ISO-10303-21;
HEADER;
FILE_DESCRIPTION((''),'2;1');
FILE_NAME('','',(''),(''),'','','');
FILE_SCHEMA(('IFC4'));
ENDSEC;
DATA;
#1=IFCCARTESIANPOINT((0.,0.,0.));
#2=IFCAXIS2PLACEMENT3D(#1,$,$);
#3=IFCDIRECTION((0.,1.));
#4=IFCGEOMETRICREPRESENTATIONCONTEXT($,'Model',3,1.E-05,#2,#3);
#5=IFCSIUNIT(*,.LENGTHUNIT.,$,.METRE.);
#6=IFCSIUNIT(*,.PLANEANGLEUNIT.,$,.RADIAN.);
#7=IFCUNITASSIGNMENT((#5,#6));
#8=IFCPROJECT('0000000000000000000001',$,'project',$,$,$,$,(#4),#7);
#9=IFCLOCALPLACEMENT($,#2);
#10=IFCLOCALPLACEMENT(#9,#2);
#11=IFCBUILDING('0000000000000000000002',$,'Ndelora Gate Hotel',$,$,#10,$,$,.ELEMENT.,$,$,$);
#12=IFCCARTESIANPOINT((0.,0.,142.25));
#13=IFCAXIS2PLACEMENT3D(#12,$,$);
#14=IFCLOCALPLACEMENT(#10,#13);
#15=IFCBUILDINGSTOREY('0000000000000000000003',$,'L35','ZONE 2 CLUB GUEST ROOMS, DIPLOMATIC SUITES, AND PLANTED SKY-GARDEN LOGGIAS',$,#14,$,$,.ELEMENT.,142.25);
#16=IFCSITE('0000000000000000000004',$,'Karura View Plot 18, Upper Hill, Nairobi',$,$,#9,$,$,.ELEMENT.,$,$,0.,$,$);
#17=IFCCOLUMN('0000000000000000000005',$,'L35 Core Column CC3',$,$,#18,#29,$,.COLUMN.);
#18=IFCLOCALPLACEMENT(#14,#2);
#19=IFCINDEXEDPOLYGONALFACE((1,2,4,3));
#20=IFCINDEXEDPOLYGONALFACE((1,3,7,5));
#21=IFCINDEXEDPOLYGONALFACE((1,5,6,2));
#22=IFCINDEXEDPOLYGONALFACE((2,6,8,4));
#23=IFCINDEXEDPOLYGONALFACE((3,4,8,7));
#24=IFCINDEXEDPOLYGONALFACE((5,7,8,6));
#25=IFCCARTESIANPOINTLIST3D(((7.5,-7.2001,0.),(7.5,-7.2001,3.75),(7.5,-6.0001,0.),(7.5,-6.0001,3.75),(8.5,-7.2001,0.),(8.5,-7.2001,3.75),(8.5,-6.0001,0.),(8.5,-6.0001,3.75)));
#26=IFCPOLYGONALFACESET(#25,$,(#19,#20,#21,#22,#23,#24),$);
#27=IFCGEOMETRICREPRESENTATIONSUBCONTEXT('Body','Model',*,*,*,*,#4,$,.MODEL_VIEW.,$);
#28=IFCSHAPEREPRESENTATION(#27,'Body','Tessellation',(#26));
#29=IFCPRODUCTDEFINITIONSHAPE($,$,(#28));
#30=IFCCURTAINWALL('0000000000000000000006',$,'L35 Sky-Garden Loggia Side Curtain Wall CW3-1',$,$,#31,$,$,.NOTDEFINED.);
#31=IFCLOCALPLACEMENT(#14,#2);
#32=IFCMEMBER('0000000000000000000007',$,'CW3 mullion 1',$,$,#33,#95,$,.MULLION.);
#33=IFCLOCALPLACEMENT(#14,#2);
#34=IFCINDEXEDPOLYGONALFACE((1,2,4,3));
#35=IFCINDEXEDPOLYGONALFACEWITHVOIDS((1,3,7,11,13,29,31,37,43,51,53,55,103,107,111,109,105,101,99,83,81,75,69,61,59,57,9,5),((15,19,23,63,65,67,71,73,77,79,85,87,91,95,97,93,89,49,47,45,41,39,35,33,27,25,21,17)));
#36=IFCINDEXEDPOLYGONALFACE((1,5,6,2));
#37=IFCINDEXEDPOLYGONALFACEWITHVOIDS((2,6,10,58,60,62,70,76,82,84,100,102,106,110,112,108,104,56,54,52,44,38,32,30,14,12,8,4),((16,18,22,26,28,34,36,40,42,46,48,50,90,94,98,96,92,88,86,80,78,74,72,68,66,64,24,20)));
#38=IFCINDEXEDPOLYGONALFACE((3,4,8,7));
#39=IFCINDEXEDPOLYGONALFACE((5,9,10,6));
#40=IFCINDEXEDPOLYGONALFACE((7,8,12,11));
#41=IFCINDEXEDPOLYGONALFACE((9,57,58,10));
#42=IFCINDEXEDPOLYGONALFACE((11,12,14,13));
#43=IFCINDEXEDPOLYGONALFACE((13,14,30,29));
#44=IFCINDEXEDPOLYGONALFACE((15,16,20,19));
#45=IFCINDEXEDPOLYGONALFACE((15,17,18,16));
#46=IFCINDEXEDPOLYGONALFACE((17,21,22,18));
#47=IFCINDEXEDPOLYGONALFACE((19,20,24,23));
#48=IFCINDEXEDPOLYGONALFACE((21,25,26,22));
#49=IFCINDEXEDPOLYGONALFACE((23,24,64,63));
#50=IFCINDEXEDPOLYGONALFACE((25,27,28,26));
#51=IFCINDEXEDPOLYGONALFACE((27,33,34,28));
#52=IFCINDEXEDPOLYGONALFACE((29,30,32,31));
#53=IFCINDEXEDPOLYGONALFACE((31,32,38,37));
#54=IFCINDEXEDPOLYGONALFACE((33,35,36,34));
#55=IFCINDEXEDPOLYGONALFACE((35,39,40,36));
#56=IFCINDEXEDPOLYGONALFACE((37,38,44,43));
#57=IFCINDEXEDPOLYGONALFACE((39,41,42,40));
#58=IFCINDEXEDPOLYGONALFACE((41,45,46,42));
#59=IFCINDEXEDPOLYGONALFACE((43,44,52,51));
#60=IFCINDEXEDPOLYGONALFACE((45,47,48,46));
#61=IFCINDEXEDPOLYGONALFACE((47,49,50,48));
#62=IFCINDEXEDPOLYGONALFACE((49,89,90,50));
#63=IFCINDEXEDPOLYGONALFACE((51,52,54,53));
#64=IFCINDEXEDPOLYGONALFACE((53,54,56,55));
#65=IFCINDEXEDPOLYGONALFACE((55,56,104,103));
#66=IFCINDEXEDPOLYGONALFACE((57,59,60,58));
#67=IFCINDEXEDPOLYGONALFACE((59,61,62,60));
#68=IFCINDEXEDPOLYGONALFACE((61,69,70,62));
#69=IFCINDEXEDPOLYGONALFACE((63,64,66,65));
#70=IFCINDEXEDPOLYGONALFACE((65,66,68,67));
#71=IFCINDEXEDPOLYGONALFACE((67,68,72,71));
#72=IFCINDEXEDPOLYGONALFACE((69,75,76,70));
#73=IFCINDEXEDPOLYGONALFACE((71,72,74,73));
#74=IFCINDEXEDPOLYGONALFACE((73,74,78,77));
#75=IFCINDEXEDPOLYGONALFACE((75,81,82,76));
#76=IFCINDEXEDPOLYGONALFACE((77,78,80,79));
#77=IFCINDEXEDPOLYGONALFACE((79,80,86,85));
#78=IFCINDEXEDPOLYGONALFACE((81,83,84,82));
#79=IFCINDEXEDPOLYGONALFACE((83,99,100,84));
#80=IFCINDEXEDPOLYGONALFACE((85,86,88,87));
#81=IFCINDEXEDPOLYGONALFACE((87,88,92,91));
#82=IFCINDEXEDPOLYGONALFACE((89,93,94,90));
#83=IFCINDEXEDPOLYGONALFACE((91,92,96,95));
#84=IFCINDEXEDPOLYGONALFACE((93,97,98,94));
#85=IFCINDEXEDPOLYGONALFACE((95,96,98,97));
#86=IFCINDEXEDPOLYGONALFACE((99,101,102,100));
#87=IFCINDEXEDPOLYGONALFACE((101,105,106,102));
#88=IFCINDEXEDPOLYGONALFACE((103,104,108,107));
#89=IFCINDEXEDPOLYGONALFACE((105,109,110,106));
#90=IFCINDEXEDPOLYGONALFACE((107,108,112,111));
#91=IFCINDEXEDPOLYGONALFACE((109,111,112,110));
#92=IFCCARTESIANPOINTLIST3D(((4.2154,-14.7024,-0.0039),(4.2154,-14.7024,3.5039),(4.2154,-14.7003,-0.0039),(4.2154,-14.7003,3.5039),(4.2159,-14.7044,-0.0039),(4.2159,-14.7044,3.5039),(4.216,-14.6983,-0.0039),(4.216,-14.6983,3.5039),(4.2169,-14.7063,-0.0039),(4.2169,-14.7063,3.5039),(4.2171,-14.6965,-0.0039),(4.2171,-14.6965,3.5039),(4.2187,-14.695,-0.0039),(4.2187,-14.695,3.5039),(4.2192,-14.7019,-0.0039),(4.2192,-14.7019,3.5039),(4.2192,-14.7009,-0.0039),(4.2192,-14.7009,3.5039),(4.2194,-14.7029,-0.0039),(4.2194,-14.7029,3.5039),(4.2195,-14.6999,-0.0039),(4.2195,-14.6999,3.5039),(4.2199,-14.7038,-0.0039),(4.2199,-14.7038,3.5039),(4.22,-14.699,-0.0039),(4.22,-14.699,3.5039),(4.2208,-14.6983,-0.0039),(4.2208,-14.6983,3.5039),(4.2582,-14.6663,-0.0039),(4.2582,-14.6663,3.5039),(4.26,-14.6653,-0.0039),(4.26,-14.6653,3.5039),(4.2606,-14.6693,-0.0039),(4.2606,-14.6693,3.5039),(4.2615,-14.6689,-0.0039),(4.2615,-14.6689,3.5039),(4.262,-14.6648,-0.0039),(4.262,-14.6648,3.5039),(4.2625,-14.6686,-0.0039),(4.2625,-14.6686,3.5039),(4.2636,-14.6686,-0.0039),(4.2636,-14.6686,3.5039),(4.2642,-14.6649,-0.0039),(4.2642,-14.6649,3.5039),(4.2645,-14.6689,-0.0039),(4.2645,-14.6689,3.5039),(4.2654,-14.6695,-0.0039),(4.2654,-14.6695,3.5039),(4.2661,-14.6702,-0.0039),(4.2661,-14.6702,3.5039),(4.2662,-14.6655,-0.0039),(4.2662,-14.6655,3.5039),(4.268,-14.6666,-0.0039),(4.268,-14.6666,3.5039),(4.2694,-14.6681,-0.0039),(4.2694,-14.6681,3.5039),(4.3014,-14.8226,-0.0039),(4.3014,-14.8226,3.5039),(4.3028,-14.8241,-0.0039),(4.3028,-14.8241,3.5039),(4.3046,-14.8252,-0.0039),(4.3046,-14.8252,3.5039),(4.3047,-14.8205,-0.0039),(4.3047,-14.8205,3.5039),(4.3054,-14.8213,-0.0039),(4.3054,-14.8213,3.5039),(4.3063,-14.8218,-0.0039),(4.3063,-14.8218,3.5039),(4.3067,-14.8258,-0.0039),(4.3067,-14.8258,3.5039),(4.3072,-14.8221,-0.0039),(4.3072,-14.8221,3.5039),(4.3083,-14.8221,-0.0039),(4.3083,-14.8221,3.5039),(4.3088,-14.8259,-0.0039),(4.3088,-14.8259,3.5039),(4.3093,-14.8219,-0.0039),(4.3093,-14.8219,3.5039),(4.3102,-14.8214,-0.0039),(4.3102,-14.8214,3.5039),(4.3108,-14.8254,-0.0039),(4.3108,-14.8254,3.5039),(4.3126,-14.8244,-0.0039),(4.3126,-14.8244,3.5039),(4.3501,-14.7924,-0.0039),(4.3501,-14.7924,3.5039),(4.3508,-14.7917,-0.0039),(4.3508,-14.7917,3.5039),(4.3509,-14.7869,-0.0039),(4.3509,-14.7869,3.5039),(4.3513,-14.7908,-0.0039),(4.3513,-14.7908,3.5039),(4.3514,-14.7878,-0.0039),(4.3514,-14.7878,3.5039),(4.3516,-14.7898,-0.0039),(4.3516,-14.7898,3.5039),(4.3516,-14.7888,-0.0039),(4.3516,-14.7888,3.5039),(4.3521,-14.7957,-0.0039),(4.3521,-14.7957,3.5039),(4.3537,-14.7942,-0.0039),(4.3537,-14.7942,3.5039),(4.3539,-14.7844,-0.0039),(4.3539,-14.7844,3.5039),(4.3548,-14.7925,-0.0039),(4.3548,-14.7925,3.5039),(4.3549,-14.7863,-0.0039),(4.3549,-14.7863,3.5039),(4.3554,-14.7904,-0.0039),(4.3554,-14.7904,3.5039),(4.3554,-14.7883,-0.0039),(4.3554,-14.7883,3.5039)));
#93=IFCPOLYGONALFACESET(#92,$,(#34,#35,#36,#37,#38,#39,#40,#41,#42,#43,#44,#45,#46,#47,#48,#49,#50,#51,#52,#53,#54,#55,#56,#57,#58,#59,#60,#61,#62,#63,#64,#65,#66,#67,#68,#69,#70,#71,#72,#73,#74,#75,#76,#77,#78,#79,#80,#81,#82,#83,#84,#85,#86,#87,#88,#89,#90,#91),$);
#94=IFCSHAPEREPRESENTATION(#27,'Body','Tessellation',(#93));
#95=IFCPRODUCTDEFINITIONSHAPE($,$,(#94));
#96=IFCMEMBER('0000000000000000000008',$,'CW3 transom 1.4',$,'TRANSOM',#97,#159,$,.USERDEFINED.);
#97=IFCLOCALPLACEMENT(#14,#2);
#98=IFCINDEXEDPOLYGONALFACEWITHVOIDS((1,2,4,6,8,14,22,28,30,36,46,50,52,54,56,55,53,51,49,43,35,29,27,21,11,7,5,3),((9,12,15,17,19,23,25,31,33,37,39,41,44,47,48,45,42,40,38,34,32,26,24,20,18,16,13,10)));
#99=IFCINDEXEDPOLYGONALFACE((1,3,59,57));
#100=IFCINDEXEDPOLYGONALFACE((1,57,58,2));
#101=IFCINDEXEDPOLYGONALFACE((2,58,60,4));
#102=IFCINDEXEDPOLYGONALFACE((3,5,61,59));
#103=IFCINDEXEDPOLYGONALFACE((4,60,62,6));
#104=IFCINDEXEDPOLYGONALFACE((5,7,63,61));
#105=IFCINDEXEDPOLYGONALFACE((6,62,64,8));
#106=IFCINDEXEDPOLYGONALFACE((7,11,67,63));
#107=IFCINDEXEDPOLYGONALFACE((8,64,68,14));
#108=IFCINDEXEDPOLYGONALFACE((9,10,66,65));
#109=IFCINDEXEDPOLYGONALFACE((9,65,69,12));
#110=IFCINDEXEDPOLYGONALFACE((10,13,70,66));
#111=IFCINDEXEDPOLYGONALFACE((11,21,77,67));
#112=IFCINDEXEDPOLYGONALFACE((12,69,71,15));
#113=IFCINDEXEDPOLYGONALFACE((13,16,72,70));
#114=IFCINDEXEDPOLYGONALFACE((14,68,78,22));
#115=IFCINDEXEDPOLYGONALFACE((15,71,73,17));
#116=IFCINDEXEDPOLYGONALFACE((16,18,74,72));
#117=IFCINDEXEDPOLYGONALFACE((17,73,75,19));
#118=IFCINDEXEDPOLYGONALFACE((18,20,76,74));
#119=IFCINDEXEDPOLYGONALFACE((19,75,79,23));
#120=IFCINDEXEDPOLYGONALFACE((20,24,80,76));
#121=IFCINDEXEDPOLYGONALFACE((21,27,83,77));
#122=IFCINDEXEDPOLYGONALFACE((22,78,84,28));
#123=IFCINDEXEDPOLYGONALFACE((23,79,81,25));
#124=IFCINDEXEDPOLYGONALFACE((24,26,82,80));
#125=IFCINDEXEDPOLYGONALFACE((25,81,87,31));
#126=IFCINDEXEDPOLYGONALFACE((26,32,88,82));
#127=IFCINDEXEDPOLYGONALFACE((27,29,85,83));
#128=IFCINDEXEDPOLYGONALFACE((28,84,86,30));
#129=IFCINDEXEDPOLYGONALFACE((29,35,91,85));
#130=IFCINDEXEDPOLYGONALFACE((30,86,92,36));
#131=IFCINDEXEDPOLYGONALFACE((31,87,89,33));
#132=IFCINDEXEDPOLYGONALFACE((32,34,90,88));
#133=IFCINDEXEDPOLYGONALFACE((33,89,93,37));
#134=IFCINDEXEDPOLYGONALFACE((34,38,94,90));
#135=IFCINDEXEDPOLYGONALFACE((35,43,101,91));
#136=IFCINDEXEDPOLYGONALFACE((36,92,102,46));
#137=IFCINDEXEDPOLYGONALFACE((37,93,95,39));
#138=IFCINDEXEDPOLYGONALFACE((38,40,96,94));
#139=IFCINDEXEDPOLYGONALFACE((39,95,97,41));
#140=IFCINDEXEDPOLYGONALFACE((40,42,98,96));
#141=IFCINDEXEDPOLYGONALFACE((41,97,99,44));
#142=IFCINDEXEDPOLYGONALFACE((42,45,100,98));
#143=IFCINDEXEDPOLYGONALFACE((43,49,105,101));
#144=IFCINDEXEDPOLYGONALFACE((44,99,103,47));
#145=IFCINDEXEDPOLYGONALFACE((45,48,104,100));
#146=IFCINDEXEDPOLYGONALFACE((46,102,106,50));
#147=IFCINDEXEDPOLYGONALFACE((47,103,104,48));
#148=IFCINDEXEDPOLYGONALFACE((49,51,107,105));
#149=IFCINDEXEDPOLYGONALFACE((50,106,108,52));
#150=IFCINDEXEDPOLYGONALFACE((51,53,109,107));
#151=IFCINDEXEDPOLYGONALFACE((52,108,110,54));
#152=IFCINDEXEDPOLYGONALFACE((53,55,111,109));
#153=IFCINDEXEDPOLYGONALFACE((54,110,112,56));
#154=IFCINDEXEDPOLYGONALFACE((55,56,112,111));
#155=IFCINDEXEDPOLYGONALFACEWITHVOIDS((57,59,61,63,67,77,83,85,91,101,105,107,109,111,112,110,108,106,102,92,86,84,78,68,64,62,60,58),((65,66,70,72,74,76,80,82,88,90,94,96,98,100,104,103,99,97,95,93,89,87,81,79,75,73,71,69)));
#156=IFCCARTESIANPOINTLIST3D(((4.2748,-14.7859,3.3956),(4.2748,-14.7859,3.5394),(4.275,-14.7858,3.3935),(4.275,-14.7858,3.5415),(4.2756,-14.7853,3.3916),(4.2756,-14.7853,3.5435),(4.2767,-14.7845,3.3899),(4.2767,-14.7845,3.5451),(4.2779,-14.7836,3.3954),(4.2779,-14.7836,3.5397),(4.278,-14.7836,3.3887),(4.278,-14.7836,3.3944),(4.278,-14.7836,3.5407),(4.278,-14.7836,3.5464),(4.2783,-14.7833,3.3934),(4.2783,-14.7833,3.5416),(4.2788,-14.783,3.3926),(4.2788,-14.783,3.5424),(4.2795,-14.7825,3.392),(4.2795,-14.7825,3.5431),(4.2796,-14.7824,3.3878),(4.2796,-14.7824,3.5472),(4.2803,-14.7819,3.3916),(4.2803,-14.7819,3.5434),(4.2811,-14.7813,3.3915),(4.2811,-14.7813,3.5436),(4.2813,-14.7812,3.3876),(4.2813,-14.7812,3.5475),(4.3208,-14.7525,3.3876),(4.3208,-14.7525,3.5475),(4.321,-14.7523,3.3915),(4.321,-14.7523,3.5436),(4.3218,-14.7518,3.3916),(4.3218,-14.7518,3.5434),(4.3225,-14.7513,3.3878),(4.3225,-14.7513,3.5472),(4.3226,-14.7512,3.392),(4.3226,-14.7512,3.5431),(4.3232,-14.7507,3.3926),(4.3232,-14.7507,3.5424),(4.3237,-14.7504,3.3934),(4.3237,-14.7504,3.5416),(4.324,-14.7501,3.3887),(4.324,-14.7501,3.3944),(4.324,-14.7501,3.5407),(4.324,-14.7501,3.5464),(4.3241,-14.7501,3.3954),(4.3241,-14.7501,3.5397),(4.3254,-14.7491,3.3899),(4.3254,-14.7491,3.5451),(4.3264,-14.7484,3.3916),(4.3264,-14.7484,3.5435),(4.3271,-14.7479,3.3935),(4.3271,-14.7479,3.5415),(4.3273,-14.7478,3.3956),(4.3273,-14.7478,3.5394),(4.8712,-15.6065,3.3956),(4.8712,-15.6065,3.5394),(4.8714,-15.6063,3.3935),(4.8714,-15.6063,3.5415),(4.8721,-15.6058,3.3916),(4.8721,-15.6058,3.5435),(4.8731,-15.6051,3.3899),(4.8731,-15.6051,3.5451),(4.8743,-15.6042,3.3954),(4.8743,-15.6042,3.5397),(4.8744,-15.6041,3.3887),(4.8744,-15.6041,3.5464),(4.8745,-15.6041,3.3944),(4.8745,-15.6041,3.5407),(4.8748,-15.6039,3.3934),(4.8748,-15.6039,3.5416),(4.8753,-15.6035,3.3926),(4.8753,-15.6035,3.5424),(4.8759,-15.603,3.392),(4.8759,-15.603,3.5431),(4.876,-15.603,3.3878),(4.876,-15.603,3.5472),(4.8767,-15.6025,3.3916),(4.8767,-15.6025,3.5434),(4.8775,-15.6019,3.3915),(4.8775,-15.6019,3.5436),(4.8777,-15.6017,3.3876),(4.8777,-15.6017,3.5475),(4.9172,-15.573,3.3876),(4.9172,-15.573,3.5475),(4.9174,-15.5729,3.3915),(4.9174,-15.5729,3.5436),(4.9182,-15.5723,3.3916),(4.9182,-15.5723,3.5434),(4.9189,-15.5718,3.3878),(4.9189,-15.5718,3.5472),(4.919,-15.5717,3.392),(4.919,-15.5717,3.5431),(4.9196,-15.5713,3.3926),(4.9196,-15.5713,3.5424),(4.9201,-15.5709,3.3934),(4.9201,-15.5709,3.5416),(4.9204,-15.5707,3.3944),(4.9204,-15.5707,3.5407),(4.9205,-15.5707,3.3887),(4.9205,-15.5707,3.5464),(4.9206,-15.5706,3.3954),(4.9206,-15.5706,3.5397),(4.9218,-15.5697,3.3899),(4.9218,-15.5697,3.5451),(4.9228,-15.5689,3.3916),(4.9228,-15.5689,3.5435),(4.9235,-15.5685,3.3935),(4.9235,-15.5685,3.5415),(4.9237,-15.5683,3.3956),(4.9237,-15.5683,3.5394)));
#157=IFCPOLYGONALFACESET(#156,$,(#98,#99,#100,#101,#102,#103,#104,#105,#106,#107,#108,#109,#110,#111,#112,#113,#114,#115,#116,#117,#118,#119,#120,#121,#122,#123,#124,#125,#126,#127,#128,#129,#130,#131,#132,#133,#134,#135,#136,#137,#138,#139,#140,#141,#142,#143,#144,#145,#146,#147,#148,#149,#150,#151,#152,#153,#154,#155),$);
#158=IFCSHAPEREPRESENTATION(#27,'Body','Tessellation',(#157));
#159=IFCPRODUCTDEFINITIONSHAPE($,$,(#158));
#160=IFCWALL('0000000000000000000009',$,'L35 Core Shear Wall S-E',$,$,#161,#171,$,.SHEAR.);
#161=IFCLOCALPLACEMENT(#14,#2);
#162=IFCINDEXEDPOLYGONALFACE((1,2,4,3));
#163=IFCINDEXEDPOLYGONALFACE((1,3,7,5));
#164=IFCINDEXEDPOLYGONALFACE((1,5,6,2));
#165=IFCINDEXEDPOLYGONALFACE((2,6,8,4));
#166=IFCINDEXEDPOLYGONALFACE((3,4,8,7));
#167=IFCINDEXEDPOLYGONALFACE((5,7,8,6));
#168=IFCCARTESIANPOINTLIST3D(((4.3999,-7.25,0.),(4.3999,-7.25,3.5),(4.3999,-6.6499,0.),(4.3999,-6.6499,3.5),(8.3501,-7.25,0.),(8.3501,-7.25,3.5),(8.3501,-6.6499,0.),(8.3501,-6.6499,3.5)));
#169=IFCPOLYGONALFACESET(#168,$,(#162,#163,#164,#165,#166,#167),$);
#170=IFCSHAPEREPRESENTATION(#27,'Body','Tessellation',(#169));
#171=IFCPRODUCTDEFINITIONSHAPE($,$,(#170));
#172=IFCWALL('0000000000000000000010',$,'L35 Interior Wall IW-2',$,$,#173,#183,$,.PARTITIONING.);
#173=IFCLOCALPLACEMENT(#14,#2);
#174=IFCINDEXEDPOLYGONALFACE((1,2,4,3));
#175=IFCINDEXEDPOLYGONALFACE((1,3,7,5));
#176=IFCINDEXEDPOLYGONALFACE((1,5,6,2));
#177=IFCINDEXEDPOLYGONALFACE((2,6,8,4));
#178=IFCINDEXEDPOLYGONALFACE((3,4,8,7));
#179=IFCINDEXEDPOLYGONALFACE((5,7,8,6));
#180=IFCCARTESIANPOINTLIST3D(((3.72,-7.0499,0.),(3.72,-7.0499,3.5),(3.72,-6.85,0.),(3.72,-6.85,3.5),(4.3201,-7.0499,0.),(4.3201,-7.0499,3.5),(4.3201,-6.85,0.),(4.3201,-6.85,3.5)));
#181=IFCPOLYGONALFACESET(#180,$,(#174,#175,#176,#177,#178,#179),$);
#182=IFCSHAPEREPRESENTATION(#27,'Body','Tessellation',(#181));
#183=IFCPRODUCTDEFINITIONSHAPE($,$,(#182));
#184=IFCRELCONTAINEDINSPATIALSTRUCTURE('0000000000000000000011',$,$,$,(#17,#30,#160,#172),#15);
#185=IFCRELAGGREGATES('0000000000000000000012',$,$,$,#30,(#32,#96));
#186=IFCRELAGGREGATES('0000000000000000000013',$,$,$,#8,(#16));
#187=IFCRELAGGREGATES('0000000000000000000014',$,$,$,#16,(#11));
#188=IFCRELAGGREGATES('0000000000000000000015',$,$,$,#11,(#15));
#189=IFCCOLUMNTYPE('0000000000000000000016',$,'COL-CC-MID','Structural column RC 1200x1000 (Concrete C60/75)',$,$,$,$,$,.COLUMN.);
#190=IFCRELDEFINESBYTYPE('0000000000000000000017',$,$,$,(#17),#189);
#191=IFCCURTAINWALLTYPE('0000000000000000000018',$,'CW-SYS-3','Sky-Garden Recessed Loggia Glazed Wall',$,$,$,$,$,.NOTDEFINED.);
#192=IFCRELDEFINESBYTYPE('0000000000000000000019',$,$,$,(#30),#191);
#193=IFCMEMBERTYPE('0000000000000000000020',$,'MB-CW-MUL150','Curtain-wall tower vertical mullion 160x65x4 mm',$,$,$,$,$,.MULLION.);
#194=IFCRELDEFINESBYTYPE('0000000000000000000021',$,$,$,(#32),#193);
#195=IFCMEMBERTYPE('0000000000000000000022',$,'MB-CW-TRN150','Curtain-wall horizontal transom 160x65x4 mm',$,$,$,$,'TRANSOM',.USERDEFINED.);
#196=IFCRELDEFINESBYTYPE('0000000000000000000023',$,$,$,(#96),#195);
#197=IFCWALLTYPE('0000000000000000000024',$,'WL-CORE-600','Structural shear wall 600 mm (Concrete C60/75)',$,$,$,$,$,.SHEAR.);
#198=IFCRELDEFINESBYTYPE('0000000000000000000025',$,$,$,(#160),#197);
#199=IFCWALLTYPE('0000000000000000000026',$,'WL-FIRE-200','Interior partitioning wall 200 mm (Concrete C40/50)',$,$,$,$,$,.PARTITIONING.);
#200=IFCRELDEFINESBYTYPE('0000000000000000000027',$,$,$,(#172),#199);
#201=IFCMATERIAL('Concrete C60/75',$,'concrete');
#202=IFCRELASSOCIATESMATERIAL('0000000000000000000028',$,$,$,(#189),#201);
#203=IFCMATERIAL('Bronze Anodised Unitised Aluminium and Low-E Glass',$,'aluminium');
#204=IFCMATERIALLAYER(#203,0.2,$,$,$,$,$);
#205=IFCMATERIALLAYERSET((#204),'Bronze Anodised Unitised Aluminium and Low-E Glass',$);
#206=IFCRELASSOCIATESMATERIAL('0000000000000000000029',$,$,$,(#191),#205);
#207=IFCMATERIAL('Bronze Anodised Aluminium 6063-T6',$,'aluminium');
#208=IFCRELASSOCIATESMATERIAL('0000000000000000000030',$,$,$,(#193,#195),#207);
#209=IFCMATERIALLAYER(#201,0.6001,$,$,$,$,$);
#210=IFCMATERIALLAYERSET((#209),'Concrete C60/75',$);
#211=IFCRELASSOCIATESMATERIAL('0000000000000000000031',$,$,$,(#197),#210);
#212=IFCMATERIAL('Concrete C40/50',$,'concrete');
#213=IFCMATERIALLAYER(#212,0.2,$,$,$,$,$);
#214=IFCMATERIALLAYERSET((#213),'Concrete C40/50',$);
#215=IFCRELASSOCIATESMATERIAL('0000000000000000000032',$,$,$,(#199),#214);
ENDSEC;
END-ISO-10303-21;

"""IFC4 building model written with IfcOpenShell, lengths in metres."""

from ifc_helpers import new_model, si_unit, direction, frame, frame_2d, origin, origin_2d, place, context, subcontext, project, spatial, rectangle, hollow_rectangle, extrude, material, layer, layer_set, material_profile, profile_set, type_object, element, aggregate, save


model = new_model("IFC4")

# Units and contexts
model_context = context("Model", 3, precision=1e-05, world=origin(), true_north=direction((0.0, 1.0)))
body_context = subcontext(model_context, "Body", "Model", "MODEL_VIEW")
ifc_project = project(units=[si_unit("LENGTHUNIT", "METRE"), si_unit("PLANEANGLEUNIT", "RADIAN")], contexts=[model_context])

# Site, building, storey
site_placement = place(None, origin())
site = spatial("IfcSite", under=ifc_project, at=site_placement, Name="Karura View Plot 18, Upper Hill, Nairobi", CompositionType="ELEMENT", RefElevation=0.0)
building_placement = place(site_placement, origin())
building = spatial("IfcBuilding", under=site, at=building_placement, Name="Ndelora Gate Hotel", CompositionType="ELEMENT")
storey_placement = place(building_placement, frame((0.0, 0.0, 142.25)))
storey = spatial("IfcBuildingStorey", under=building, at=storey_placement, Name="L35", Description="ZONE 2 CLUB GUEST ROOMS, DIPLOMATIC SUITES, AND PLANTED SKY-GARDEN LOGGIAS", CompositionType="ELEMENT", Elevation=142.25)

# Column
ifc_material_1 = material(Name="Concrete C60/75", Category="concrete")
ifc_material_profile_1 = material_profile(ifc_material_1, rectangle(XDim=1.0, YDim=1.2, at=origin_2d()), Name="RC 1200x1000")
ifc_profile_set_1 = profile_set([ifc_material_profile_1], Name="Concrete C60/75")
column_type = type_object("IfcColumnType", Name="COL-CC-MID", Description="Structural column RC 1200x1000 (Concrete C60/75)", PredefinedType="COLUMN", material=ifc_profile_set_1)
column_placement = place(storey_placement, frame((8.0, -6.6001, 0.0), z_axis=(0.0, 0.0, 1.0), x_axis=(1.0, 0.0, 0.0)))
element("IfcColumn", 1, at=column_placement, inside=storey, type_object=column_type, Name="L35 Core Column CC3", PredefinedType="COLUMN", context=body_context, shape_type="SweptSolid", body=[
    extrude(rectangle(XDim=1.0, YDim=1.2, at=origin_2d()), origin(), (0.0, 0.0, 1.0), 3.75),
])

# Curtain wall, members
ifc_material_2 = material(Name="Bronze Anodised Unitised Aluminium and Low-E Glass", Category="aluminium")
ifc_layer_1 = layer(ifc_material_2, 0.2)
ifc_layer_set_1 = layer_set([ifc_layer_1], Name="Bronze Anodised Unitised Aluminium and Low-E Glass")
curtain_wall_type = type_object("IfcCurtainWallType", Name="CW-SYS-3", Description="Sky-Garden Recessed Loggia Glazed Wall", PredefinedType="NOTDEFINED", material=ifc_layer_set_1)
curtain_wall_placement = place(storey_placement, origin())
curtain_wall = element("IfcCurtainWall", 2, at=curtain_wall_placement, inside=storey, type_object=curtain_wall_type, Name="L35 Sky-Garden Loggia Side Curtain Wall CW3-1", PredefinedType="NOTDEFINED")
ifc_material_3 = material(Name="Bronze Anodised Aluminium 6063-T6", Category="aluminium")
ifc_material_profile_2 = material_profile(ifc_material_3, hollow_rectangle(XDim=0.0649, YDim=0.1599, WallThickness=0.0039, InnerFilletRadius=0.0039, OuterFilletRadius=0.0081, at=origin_2d()), Name="ALU 160x65x4")
ifc_profile_set_2 = profile_set([ifc_material_profile_2], Name="Bronze Anodised Aluminium 6063-T6")
member_type_1 = type_object("IfcMemberType", Name="MB-CW-MUL150", Description="Curtain-wall tower vertical mullion 160x65x4 mm", PredefinedType="MULLION", material=ifc_profile_set_2)
member_1_placement = place(storey_placement, frame((4.2854, -14.7454, -0.0039), z_axis=(0.0, 0.0, 1.0), x_axis=(0.809017, 0.587785, 0.0)))
member_1 = element("IfcMember", 3, at=member_1_placement, type_object=member_type_1, Name="CW3 mullion 1", PredefinedType="MULLION", context=body_context, shape_type="SweptSolid", body=[
    extrude(hollow_rectangle(XDim=0.0649, YDim=0.1599, WallThickness=0.0039, InnerFilletRadius=0.0039, OuterFilletRadius=0.0081, at=origin_2d()), origin(), (0.0, 0.0, 1.0), 3.5078),
])
ifc_material_profile_3 = material_profile(ifc_material_3, hollow_rectangle(XDim=0.0649, YDim=0.1599, WallThickness=0.0039, InnerFilletRadius=0.0039, OuterFilletRadius=0.0081, at=origin_2d()), Name="ALU 160x65x4")
ifc_profile_set_3 = profile_set([ifc_material_profile_3], Name="Bronze Anodised Aluminium 6063-T6")
member_type_2 = type_object("IfcMemberType", Name="MB-CW-TRN150", Description="Curtain-wall horizontal transom 160x65x4 mm", ElementType="TRANSOM", PredefinedType="USERDEFINED", material=ifc_profile_set_3)
member_2_placement = place(storey_placement, frame((4.301, -14.7668, 3.4675), z_axis=(0.587957, -0.808892, 0.0), x_axis=(0.808892, 0.587957, 0.0)))
member_2 = element("IfcMember", 4, at=member_2_placement, type_object=member_type_2, Name="CW3 transom 1.4", ObjectType="TRANSOM", PredefinedType="USERDEFINED", context=body_context, shape_type="SweptSolid", body=[
    extrude(hollow_rectangle(XDim=0.0649, YDim=0.1599, WallThickness=0.0039, InnerFilletRadius=0.0039, OuterFilletRadius=0.0081, at=origin_2d()), origin(), (0.0, 0.0, 1.0), 1.0144),
])
aggregate(curtain_wall, [member_1, member_2])

# Walls
ifc_layer_2 = layer(ifc_material_1, 0.6001)
ifc_layer_set_2 = layer_set([ifc_layer_2], Name="Concrete C60/75")
wall_type_1 = type_object("IfcWallType", Name="WL-CORE-600", Description="Structural shear wall 600 mm (Concrete C60/75)", PredefinedType="SHEAR", material=ifc_layer_set_2)
wall_1_placement = place(storey_placement, frame((4.3999, -6.95, 0.0), z_axis=(0.0, 0.0, 1.0), x_axis=(1.0, 0.0, 0.0)))
element("IfcWall", 5, at=wall_1_placement, inside=storey, type_object=wall_type_1, Name="L35 Core Shear Wall S-E", PredefinedType="SHEAR", context=body_context, shape_type="SweptSolid", body=[
    extrude(rectangle(XDim=3.9502, YDim=0.6001, at=frame_2d((1.9751, 0.0))), origin(), (0.0, 0.0, 1.0), 3.5),
])
ifc_material_4 = material(Name="Concrete C40/50", Category="concrete")
ifc_layer_3 = layer(ifc_material_4, 0.2)
ifc_layer_set_3 = layer_set([ifc_layer_3], Name="Concrete C40/50")
wall_type_2 = type_object("IfcWallType", Name="WL-FIRE-200", Description="Interior partitioning wall 200 mm (Concrete C40/50)", PredefinedType="PARTITIONING", material=ifc_layer_set_3)
wall_2_placement = place(storey_placement, frame((3.72, -6.95, 0.0), z_axis=(0.0, 0.0, 1.0), x_axis=(1.0, 0.0, 0.0)))
element("IfcWall", 6, at=wall_2_placement, inside=storey, type_object=wall_type_2, Name="L35 Interior Wall IW-2", PredefinedType="PARTITIONING", context=body_context, shape_type="SweptSolid", body=[
    extrude(rectangle(XDim=0.6001, YDim=0.2, at=frame_2d((0.3, 0.0))), origin(), (0.0, 0.0, 1.0), 3.5),
])

save(model, "model.ifc")
